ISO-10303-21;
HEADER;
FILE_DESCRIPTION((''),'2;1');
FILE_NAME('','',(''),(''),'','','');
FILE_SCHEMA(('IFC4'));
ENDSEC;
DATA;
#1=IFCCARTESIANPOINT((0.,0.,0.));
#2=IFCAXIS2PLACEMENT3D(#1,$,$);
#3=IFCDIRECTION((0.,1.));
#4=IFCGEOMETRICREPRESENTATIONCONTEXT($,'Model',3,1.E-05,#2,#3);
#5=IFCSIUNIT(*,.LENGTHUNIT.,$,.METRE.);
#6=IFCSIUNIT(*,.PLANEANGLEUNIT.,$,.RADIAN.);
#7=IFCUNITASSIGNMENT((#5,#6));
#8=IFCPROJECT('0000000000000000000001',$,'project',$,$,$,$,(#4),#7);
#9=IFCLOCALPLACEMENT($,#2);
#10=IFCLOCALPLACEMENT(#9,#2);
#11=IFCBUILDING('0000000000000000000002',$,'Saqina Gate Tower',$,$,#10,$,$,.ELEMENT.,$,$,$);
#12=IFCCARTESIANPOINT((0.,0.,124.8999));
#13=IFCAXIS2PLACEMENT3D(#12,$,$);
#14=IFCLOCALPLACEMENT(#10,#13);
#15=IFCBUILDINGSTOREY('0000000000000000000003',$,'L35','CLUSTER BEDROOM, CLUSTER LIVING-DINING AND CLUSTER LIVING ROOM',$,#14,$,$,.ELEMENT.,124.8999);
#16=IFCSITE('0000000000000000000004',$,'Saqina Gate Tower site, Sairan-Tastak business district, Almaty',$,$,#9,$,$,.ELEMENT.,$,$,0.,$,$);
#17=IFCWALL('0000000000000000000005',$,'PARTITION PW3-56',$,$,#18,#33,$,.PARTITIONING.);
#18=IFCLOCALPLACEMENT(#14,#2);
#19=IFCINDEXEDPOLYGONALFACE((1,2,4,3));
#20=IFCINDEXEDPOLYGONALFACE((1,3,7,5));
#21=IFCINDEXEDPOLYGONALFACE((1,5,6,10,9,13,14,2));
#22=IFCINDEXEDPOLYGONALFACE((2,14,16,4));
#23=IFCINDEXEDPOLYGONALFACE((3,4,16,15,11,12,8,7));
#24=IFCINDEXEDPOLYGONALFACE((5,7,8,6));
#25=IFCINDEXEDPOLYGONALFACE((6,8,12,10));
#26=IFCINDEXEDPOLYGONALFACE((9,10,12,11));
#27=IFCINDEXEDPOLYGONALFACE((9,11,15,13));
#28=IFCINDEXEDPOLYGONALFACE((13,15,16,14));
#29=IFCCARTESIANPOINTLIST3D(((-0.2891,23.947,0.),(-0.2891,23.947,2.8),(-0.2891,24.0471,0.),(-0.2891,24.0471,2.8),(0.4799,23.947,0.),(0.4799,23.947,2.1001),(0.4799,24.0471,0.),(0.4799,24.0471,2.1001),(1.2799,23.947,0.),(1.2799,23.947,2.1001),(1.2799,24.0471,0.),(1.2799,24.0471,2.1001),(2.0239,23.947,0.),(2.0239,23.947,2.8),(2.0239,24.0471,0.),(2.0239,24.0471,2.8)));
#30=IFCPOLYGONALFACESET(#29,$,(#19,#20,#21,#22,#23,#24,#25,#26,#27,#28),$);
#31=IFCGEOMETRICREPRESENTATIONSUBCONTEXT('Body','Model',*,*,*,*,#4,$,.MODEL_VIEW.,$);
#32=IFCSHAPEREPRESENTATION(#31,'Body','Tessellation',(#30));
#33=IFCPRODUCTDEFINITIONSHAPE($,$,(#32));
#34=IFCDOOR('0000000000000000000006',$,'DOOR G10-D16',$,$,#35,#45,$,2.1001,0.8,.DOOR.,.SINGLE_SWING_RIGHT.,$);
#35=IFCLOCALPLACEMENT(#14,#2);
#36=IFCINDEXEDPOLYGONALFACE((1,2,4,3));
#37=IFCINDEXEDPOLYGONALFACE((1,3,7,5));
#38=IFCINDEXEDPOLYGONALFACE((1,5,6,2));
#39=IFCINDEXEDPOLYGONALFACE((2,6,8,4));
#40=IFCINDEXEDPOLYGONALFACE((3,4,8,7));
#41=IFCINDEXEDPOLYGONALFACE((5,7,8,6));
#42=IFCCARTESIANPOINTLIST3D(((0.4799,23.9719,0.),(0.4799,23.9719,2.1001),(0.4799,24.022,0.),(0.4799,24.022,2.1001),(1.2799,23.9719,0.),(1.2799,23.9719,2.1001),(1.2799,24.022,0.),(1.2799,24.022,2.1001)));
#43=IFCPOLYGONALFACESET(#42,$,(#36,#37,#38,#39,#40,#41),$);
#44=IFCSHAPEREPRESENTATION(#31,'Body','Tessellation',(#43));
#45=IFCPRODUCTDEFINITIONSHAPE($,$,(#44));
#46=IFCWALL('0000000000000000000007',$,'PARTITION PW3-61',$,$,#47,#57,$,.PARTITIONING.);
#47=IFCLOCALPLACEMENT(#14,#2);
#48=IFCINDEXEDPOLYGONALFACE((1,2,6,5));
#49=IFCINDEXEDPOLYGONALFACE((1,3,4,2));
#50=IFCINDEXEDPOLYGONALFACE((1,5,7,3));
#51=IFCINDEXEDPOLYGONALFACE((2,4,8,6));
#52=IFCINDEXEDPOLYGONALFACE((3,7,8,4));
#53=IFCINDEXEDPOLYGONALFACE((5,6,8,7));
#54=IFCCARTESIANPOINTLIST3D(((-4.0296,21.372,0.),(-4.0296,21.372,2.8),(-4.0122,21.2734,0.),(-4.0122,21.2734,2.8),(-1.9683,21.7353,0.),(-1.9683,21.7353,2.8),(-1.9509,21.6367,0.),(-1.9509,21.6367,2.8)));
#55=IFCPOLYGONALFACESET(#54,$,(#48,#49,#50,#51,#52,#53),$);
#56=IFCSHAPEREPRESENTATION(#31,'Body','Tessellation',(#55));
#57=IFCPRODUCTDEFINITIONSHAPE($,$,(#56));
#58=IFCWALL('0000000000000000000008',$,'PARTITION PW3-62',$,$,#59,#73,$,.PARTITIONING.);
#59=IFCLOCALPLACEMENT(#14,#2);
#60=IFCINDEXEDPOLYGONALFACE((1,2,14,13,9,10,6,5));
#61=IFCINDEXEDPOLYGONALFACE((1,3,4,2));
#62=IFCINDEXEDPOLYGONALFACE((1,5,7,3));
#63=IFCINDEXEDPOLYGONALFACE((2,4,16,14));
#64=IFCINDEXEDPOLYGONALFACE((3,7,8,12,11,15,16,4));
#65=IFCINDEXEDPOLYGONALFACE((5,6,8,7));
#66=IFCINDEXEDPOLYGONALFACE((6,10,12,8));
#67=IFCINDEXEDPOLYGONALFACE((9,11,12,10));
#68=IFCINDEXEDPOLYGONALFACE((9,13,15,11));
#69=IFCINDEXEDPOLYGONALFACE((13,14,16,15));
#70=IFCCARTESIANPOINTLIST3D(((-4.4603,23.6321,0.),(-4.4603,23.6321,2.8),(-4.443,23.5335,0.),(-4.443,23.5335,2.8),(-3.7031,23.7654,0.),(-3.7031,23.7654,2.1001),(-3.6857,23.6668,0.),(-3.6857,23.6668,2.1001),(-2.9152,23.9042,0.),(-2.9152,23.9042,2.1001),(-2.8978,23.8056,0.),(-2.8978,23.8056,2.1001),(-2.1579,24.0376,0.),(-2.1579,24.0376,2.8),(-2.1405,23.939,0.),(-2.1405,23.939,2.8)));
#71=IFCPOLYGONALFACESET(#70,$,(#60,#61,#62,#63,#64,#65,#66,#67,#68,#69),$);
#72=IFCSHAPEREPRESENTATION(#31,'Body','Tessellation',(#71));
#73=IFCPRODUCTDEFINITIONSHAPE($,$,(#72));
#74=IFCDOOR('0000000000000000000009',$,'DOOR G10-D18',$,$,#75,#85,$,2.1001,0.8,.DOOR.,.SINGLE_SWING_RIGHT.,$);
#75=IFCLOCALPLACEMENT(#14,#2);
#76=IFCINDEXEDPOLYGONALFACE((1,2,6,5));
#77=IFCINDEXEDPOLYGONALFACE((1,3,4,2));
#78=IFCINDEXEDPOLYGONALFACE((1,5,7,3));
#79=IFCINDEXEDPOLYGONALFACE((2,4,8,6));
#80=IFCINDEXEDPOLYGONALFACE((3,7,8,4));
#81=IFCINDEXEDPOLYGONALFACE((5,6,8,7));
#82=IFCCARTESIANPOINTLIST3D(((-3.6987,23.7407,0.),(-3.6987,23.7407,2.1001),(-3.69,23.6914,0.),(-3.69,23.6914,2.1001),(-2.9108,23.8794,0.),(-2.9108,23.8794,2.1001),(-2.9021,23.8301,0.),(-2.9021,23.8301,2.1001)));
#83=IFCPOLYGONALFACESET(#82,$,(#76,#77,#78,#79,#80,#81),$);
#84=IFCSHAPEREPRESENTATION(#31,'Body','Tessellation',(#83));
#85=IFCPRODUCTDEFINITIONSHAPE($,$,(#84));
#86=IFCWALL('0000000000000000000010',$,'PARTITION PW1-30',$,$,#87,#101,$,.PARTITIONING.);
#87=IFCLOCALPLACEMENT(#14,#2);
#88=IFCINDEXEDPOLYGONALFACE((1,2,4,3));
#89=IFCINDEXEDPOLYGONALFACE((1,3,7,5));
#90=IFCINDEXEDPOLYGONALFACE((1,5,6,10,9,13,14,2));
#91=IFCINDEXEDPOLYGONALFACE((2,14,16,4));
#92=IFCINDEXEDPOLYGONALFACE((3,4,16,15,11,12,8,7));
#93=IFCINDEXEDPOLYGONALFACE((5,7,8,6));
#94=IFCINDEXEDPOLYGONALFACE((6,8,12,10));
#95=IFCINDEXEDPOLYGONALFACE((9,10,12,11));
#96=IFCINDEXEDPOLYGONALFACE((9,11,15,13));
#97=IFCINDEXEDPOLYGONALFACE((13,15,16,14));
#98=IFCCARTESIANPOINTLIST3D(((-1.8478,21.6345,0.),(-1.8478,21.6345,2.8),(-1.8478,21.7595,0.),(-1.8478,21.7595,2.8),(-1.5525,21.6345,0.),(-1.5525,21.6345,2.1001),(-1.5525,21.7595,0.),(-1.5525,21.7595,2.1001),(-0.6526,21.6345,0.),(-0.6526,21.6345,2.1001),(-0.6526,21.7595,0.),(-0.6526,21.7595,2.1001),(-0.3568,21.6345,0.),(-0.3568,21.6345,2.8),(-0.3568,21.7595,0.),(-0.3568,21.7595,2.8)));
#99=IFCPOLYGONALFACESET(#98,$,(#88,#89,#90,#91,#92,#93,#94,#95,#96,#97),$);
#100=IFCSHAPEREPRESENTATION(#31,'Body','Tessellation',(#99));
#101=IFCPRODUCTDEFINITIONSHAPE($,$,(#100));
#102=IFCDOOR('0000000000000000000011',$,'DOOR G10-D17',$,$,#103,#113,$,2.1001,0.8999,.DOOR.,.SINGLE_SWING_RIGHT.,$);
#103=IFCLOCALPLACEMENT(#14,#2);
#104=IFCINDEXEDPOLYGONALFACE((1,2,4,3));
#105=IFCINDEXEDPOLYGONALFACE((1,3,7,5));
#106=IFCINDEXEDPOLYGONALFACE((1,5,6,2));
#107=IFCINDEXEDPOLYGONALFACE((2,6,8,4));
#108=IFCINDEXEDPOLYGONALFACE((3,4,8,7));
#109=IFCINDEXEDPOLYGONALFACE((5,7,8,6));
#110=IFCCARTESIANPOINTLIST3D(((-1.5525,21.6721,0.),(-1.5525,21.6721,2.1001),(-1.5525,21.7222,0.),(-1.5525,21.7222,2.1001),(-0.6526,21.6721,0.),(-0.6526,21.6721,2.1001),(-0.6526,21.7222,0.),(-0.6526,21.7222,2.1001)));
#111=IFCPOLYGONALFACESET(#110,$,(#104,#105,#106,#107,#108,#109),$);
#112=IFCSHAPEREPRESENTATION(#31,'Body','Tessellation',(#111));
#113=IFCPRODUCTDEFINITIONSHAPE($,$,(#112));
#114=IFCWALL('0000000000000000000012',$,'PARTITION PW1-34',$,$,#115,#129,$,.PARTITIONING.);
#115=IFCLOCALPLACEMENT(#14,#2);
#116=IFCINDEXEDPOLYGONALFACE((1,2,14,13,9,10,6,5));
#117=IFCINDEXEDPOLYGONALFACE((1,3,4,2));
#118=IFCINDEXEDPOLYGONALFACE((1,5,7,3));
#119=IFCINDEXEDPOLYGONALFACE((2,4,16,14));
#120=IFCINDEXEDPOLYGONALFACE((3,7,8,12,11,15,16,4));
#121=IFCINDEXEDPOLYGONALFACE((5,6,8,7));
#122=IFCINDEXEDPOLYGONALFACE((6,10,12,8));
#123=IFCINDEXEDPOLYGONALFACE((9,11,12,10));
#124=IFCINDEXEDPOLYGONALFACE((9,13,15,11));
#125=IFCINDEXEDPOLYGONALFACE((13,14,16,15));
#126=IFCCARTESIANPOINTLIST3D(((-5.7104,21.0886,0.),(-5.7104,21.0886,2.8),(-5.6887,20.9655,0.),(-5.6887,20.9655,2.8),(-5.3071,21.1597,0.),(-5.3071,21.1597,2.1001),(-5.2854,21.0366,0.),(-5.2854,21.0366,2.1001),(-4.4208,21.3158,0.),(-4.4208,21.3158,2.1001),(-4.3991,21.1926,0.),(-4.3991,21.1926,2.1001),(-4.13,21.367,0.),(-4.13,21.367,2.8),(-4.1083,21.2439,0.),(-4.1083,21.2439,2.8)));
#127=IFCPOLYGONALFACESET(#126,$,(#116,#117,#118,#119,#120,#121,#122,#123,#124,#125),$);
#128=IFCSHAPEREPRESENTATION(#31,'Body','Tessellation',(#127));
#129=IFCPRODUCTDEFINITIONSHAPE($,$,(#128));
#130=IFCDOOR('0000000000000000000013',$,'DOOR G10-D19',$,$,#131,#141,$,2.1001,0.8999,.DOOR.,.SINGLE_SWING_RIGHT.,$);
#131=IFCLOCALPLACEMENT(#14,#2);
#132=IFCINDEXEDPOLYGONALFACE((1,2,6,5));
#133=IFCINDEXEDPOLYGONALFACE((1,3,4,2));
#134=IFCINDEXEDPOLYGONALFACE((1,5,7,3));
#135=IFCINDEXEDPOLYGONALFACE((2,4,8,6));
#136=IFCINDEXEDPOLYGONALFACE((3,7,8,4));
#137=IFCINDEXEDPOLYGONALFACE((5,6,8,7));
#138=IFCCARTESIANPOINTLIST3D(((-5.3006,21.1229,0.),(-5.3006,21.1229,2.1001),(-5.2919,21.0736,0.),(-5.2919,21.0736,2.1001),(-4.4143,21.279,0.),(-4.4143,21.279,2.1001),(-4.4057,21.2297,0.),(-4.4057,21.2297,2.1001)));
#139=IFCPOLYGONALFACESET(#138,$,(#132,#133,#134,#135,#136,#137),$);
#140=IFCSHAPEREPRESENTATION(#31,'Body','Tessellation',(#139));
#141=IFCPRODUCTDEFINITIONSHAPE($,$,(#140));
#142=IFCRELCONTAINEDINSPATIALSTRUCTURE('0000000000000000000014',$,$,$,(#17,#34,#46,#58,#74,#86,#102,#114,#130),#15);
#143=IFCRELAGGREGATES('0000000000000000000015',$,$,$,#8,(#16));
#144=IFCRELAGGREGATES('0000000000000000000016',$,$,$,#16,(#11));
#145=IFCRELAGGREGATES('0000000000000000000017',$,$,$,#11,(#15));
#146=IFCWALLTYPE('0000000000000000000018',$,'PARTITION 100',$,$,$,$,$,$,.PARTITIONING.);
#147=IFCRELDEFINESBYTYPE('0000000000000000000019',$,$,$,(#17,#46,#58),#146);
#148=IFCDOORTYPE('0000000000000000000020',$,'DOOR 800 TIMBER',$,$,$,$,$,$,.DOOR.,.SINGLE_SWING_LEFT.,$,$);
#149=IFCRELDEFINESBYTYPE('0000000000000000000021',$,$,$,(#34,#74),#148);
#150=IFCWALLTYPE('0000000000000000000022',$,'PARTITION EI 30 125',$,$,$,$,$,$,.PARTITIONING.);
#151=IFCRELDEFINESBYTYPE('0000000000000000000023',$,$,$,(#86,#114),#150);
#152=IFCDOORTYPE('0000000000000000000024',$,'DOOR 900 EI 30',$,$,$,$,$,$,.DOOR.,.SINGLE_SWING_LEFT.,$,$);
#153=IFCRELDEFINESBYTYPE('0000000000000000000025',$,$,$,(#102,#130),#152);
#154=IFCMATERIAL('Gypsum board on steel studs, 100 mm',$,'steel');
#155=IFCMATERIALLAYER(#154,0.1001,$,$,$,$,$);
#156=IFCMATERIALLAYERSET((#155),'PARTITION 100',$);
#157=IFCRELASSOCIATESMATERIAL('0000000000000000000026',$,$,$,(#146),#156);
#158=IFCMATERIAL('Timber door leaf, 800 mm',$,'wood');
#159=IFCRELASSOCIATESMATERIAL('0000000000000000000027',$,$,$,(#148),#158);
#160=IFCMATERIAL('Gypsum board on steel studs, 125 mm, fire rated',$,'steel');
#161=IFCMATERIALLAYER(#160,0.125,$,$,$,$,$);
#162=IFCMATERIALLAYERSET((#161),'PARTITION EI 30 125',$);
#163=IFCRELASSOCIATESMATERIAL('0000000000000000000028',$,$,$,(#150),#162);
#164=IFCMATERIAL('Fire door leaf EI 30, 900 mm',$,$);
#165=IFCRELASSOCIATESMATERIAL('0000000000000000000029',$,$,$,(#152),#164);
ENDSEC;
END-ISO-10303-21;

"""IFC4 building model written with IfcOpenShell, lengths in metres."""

from ifc_helpers import new_model, si_unit, direction, frame, frame_2d, origin, place, context, subcontext, project, spatial, rectangle, extrude, material, layer, layer_set, type_object, element, fill, save


model = new_model("IFC4")

# Units and contexts
model_context = context("Model", 3, precision=1e-05, world=origin(), true_north=direction((0.0, 1.0)))
body_context = subcontext(model_context, "Body", "Model", "MODEL_VIEW")
ifc_project = project(units=[si_unit("LENGTHUNIT", "METRE"), si_unit("PLANEANGLEUNIT", "RADIAN")], contexts=[model_context])

# Site, building, storey
site_placement = place(None, origin())
site = spatial("IfcSite", under=ifc_project, at=site_placement, Name="Saqina Gate Tower site, Sairan-Tastak business district, Almaty", CompositionType="ELEMENT", RefElevation=0.0)
building_placement = place(site_placement, origin())
building = spatial("IfcBuilding", under=site, at=building_placement, Name="Saqina Gate Tower", CompositionType="ELEMENT")
storey_placement = place(building_placement, frame((0.0, 0.0, 124.8999)))
storey = spatial("IfcBuildingStorey", under=building, at=storey_placement, Name="L35", Description="CLUSTER BEDROOM, CLUSTER LIVING-DINING AND CLUSTER LIVING ROOM", CompositionType="ELEMENT", Elevation=124.8999)

# Shared definitions
ifc_material_1 = material(Name="Gypsum board on steel studs, 100 mm", Category="steel")
ifc_layer_1 = layer(ifc_material_1, 0.1001)
ifc_layer_set_1 = layer_set([ifc_layer_1], Name="PARTITION 100")
wall_type_1 = type_object("IfcWallType", Name="PARTITION 100", PredefinedType="PARTITIONING", material=ifc_layer_set_1)

# Wall, opening, door
wall_1_placement = place(storey_placement, frame((-0.2891, 23.9971, 0.0), z_axis=(0.0, 0.0, 1.0), x_axis=(1.0, 0.0, 0.0)))
wall_1 = element("IfcWall", 1, at=wall_1_placement, inside=storey, type_object=wall_type_1, Name="PARTITION PW3-56", PredefinedType="PARTITIONING", context=body_context, shape_type="SweptSolid", body=[
    extrude(rectangle(XDim=2.313, YDim=0.1001, at=frame_2d((1.1565, 0.0))), origin(), (0.0, 0.0, 1.0), 2.8),
])
opening_1_placement = place(wall_1_placement, frame((0.769, 0.0, 0.0)))
opening_1 = element("IfcOpeningElement", 2, at=opening_1_placement, cuts=wall_1, PredefinedType="OPENING", context=body_context, shape_type="SweptSolid", body=[
    extrude(rectangle(XDim=0.8, YDim=2.1001, at=frame_2d((0.3999, 1.05))), frame((0.0, 0.062, 0.0), z_axis=(0.0, -1.0, 0.0), x_axis=(1.0, 0.0, 0.0)), (0.0, 0.0, 1.0), 0.124),
])
ifc_material_2 = material(Name="Timber door leaf, 800 mm", Category="wood")
door_type_1 = type_object("IfcDoorType", Name="DOOR 800 TIMBER", OperationType="SINGLE_SWING_LEFT", PredefinedType="DOOR", material=ifc_material_2)
door_1_placement = place(opening_1_placement, origin())
door_1 = element("IfcDoor", 3, at=door_1_placement, inside=storey, type_object=door_type_1, Name="DOOR G10-D16", OperationType="SINGLE_SWING_RIGHT", OverallHeight=2.1001, OverallWidth=0.8, PredefinedType="DOOR", context=body_context, shape_type="SweptSolid", body=[
    extrude(rectangle(XDim=0.8, YDim=2.1001, at=frame_2d((0.3999, 1.05))), frame((0.0, 0.0249, 0.0), z_axis=(0.0, -1.0, 0.0), x_axis=(1.0, 0.0, 0.0)), (0.0, 0.0, 1.0), 0.05),
])
fill(opening_1, door_1)

# Wall
wall_2_placement = place(storey_placement, frame((-4.0208, 21.3228, 0.0), z_axis=(0.0, 0.0, 1.0), x_axis=(0.984822, 0.173566, 0.0)))
element("IfcWall", 4, at=wall_2_placement, inside=storey, type_object=wall_type_1, Name="PARTITION PW3-61", PredefinedType="PARTITIONING", context=body_context, shape_type="SweptSolid", body=[
    extrude(rectangle(XDim=2.093, YDim=0.1001, at=frame_2d((1.0464, 0.0))), origin(), (0.0, 0.0, 1.0), 2.8),
])

# Walls, openings, doors
wall_3_placement = place(storey_placement, frame((-4.4517, 23.5828, 0.0), z_axis=(0.0, 0.0, 1.0), x_axis=(0.984842, 0.173452, 0.0)))
wall_3 = element("IfcWall", 5, at=wall_3_placement, inside=storey, type_object=wall_type_1, Name="PARTITION PW3-62", PredefinedType="PARTITIONING", context=body_context, shape_type="SweptSolid", body=[
    extrude(rectangle(XDim=2.3379, YDim=0.1001, at=frame_2d((1.1689, 0.0))), origin(), (0.0, 0.0, 1.0), 2.8),
])
opening_2_placement = place(wall_3_placement, frame((0.769, 0.0, 0.0)))
opening_2 = element("IfcOpeningElement", 6, at=opening_2_placement, cuts=wall_3, PredefinedType="OPENING", context=body_context, shape_type="SweptSolid", body=[
    extrude(rectangle(XDim=0.8, YDim=2.1001, at=frame_2d((0.3999, 1.05))), frame((0.0, 0.062, 0.0), z_axis=(0.0, -1.0, 0.0), x_axis=(1.0, 0.0, 0.0)), (0.0, 0.0, 1.0), 0.124),
])
door_2_placement = place(opening_2_placement, origin())
door_2 = element("IfcDoor", 7, at=door_2_placement, inside=storey, type_object=door_type_1, Name="DOOR G10-D18", OperationType="SINGLE_SWING_RIGHT", OverallHeight=2.1001, OverallWidth=0.8, PredefinedType="DOOR", context=body_context, shape_type="SweptSolid", body=[
    extrude(rectangle(XDim=0.8, YDim=2.1001, at=frame_2d((0.3999, 1.05))), frame((0.0, 0.0249, 0.0), z_axis=(0.0, -1.0, 0.0), x_axis=(1.0, 0.0, 0.0)), (0.0, 0.0, 1.0), 0.05),
])
fill(opening_2, door_2)
ifc_material_3 = material(Name="Gypsum board on steel studs, 125 mm, fire rated", Category="steel")
ifc_layer_2 = layer(ifc_material_3, 0.125)
ifc_layer_set_2 = layer_set([ifc_layer_2], Name="PARTITION EI 30 125")
wall_type_2 = type_object("IfcWallType", Name="PARTITION EI 30 125", PredefinedType="PARTITIONING", material=ifc_layer_set_2)
wall_4_placement = place(storey_placement, frame((-1.8479, 21.697, 0.0), z_axis=(0.0, 0.0, 1.0), x_axis=(1.0, 0.0, 0.0)))
wall_4 = element("IfcWall", 8, at=wall_4_placement, inside=storey, type_object=wall_type_2, Name="PARTITION PW1-30", PredefinedType="PARTITIONING", context=body_context, shape_type="SweptSolid", body=[
    extrude(rectangle(XDim=1.491, YDim=0.125, at=frame_2d((0.7456, 0.0))), origin(), (0.0, 0.0, 1.0), 2.8),
])
opening_3_placement = place(wall_4_placement, frame((0.2954, 0.0, 0.0)))
opening_3 = element("IfcOpeningElement", 9, at=opening_3_placement, cuts=wall_4, PredefinedType="OPENING", context=body_context, shape_type="SweptSolid", body=[
    extrude(rectangle(XDim=0.8999, YDim=2.1001, at=frame_2d((0.45, 1.05))), frame((0.0, 0.0745, 0.0), z_axis=(0.0, -1.0, 0.0), x_axis=(1.0, 0.0, 0.0)), (0.0, 0.0, 1.0), 0.1489),
])
ifc_material_4 = material(Name="Fire door leaf EI 30, 900 mm")
door_type_2 = type_object("IfcDoorType", Name="DOOR 900 EI 30", OperationType="SINGLE_SWING_LEFT", PredefinedType="DOOR", material=ifc_material_4)
door_3_placement = place(opening_3_placement, frame((0.8999, 0.0, 0.0), z_axis=(0.0, 0.0, 1.0), x_axis=(-1.0, 0.0, 0.0)))
door_3 = element("IfcDoor", 10, at=door_3_placement, inside=storey, type_object=door_type_2, Name="DOOR G10-D17", OperationType="SINGLE_SWING_RIGHT", OverallHeight=2.1001, OverallWidth=0.8999, PredefinedType="DOOR", context=body_context, shape_type="SweptSolid", body=[
    extrude(rectangle(XDim=0.8999, YDim=2.1001, at=frame_2d((0.45, 1.05))), frame((0.0, 0.0249, 0.0), z_axis=(0.0, -1.0, 0.0), x_axis=(1.0, 0.0, 0.0)), (0.0, 0.0, 1.0), 0.05),
])
fill(opening_3, door_3)
wall_5_placement = place(storey_placement, frame((-5.6995, 21.0271, 0.0), z_axis=(0.0, 0.0, 1.0), x_axis=(0.984843, 0.173447, 0.0)))
wall_5 = element("IfcWall", 11, at=wall_5_placement, inside=storey, type_object=wall_type_2, Name="PARTITION PW1-34", PredefinedType="PARTITIONING", context=body_context, shape_type="SweptSolid", body=[
    extrude(rectangle(XDim=1.6047, YDim=0.125, at=frame_2d((0.8022, 0.0))), origin(), (0.0, 0.0, 1.0), 2.8),
])
opening_4_placement = place(wall_5_placement, frame((0.4094, 0.0, 0.0)))
opening_4 = element("IfcOpeningElement", 12, at=opening_4_placement, cuts=wall_5, PredefinedType="OPENING", context=body_context, shape_type="SweptSolid", body=[
    extrude(rectangle(XDim=0.8999, YDim=2.1001, at=frame_2d((0.45, 1.05))), frame((0.0, 0.0745, 0.0), z_axis=(0.0, -1.0, 0.0), x_axis=(1.0, 0.0, 0.0)), (0.0, 0.0, 1.0), 0.1489),
])
door_4_placement = place(opening_4_placement, frame((0.8999, 0.0, 0.0), z_axis=(0.0, 0.0, 1.0), x_axis=(-1.0, 0.0, 0.0)))
door_4 = element("IfcDoor", 13, at=door_4_placement, inside=storey, type_object=door_type_2, Name="DOOR G10-D19", OperationType="SINGLE_SWING_RIGHT", OverallHeight=2.1001, OverallWidth=0.8999, PredefinedType="DOOR", context=body_context, shape_type="SweptSolid", body=[
    extrude(rectangle(XDim=0.8999, YDim=2.1001, at=frame_2d((0.45, 1.05))), frame((0.0, 0.0249, 0.0), z_axis=(0.0, -1.0, 0.0), x_axis=(1.0, 0.0, 0.0)), (0.0, 0.0, 1.0), 0.05),
])
fill(opening_4, door_4)

save(model, "model.ifc")
